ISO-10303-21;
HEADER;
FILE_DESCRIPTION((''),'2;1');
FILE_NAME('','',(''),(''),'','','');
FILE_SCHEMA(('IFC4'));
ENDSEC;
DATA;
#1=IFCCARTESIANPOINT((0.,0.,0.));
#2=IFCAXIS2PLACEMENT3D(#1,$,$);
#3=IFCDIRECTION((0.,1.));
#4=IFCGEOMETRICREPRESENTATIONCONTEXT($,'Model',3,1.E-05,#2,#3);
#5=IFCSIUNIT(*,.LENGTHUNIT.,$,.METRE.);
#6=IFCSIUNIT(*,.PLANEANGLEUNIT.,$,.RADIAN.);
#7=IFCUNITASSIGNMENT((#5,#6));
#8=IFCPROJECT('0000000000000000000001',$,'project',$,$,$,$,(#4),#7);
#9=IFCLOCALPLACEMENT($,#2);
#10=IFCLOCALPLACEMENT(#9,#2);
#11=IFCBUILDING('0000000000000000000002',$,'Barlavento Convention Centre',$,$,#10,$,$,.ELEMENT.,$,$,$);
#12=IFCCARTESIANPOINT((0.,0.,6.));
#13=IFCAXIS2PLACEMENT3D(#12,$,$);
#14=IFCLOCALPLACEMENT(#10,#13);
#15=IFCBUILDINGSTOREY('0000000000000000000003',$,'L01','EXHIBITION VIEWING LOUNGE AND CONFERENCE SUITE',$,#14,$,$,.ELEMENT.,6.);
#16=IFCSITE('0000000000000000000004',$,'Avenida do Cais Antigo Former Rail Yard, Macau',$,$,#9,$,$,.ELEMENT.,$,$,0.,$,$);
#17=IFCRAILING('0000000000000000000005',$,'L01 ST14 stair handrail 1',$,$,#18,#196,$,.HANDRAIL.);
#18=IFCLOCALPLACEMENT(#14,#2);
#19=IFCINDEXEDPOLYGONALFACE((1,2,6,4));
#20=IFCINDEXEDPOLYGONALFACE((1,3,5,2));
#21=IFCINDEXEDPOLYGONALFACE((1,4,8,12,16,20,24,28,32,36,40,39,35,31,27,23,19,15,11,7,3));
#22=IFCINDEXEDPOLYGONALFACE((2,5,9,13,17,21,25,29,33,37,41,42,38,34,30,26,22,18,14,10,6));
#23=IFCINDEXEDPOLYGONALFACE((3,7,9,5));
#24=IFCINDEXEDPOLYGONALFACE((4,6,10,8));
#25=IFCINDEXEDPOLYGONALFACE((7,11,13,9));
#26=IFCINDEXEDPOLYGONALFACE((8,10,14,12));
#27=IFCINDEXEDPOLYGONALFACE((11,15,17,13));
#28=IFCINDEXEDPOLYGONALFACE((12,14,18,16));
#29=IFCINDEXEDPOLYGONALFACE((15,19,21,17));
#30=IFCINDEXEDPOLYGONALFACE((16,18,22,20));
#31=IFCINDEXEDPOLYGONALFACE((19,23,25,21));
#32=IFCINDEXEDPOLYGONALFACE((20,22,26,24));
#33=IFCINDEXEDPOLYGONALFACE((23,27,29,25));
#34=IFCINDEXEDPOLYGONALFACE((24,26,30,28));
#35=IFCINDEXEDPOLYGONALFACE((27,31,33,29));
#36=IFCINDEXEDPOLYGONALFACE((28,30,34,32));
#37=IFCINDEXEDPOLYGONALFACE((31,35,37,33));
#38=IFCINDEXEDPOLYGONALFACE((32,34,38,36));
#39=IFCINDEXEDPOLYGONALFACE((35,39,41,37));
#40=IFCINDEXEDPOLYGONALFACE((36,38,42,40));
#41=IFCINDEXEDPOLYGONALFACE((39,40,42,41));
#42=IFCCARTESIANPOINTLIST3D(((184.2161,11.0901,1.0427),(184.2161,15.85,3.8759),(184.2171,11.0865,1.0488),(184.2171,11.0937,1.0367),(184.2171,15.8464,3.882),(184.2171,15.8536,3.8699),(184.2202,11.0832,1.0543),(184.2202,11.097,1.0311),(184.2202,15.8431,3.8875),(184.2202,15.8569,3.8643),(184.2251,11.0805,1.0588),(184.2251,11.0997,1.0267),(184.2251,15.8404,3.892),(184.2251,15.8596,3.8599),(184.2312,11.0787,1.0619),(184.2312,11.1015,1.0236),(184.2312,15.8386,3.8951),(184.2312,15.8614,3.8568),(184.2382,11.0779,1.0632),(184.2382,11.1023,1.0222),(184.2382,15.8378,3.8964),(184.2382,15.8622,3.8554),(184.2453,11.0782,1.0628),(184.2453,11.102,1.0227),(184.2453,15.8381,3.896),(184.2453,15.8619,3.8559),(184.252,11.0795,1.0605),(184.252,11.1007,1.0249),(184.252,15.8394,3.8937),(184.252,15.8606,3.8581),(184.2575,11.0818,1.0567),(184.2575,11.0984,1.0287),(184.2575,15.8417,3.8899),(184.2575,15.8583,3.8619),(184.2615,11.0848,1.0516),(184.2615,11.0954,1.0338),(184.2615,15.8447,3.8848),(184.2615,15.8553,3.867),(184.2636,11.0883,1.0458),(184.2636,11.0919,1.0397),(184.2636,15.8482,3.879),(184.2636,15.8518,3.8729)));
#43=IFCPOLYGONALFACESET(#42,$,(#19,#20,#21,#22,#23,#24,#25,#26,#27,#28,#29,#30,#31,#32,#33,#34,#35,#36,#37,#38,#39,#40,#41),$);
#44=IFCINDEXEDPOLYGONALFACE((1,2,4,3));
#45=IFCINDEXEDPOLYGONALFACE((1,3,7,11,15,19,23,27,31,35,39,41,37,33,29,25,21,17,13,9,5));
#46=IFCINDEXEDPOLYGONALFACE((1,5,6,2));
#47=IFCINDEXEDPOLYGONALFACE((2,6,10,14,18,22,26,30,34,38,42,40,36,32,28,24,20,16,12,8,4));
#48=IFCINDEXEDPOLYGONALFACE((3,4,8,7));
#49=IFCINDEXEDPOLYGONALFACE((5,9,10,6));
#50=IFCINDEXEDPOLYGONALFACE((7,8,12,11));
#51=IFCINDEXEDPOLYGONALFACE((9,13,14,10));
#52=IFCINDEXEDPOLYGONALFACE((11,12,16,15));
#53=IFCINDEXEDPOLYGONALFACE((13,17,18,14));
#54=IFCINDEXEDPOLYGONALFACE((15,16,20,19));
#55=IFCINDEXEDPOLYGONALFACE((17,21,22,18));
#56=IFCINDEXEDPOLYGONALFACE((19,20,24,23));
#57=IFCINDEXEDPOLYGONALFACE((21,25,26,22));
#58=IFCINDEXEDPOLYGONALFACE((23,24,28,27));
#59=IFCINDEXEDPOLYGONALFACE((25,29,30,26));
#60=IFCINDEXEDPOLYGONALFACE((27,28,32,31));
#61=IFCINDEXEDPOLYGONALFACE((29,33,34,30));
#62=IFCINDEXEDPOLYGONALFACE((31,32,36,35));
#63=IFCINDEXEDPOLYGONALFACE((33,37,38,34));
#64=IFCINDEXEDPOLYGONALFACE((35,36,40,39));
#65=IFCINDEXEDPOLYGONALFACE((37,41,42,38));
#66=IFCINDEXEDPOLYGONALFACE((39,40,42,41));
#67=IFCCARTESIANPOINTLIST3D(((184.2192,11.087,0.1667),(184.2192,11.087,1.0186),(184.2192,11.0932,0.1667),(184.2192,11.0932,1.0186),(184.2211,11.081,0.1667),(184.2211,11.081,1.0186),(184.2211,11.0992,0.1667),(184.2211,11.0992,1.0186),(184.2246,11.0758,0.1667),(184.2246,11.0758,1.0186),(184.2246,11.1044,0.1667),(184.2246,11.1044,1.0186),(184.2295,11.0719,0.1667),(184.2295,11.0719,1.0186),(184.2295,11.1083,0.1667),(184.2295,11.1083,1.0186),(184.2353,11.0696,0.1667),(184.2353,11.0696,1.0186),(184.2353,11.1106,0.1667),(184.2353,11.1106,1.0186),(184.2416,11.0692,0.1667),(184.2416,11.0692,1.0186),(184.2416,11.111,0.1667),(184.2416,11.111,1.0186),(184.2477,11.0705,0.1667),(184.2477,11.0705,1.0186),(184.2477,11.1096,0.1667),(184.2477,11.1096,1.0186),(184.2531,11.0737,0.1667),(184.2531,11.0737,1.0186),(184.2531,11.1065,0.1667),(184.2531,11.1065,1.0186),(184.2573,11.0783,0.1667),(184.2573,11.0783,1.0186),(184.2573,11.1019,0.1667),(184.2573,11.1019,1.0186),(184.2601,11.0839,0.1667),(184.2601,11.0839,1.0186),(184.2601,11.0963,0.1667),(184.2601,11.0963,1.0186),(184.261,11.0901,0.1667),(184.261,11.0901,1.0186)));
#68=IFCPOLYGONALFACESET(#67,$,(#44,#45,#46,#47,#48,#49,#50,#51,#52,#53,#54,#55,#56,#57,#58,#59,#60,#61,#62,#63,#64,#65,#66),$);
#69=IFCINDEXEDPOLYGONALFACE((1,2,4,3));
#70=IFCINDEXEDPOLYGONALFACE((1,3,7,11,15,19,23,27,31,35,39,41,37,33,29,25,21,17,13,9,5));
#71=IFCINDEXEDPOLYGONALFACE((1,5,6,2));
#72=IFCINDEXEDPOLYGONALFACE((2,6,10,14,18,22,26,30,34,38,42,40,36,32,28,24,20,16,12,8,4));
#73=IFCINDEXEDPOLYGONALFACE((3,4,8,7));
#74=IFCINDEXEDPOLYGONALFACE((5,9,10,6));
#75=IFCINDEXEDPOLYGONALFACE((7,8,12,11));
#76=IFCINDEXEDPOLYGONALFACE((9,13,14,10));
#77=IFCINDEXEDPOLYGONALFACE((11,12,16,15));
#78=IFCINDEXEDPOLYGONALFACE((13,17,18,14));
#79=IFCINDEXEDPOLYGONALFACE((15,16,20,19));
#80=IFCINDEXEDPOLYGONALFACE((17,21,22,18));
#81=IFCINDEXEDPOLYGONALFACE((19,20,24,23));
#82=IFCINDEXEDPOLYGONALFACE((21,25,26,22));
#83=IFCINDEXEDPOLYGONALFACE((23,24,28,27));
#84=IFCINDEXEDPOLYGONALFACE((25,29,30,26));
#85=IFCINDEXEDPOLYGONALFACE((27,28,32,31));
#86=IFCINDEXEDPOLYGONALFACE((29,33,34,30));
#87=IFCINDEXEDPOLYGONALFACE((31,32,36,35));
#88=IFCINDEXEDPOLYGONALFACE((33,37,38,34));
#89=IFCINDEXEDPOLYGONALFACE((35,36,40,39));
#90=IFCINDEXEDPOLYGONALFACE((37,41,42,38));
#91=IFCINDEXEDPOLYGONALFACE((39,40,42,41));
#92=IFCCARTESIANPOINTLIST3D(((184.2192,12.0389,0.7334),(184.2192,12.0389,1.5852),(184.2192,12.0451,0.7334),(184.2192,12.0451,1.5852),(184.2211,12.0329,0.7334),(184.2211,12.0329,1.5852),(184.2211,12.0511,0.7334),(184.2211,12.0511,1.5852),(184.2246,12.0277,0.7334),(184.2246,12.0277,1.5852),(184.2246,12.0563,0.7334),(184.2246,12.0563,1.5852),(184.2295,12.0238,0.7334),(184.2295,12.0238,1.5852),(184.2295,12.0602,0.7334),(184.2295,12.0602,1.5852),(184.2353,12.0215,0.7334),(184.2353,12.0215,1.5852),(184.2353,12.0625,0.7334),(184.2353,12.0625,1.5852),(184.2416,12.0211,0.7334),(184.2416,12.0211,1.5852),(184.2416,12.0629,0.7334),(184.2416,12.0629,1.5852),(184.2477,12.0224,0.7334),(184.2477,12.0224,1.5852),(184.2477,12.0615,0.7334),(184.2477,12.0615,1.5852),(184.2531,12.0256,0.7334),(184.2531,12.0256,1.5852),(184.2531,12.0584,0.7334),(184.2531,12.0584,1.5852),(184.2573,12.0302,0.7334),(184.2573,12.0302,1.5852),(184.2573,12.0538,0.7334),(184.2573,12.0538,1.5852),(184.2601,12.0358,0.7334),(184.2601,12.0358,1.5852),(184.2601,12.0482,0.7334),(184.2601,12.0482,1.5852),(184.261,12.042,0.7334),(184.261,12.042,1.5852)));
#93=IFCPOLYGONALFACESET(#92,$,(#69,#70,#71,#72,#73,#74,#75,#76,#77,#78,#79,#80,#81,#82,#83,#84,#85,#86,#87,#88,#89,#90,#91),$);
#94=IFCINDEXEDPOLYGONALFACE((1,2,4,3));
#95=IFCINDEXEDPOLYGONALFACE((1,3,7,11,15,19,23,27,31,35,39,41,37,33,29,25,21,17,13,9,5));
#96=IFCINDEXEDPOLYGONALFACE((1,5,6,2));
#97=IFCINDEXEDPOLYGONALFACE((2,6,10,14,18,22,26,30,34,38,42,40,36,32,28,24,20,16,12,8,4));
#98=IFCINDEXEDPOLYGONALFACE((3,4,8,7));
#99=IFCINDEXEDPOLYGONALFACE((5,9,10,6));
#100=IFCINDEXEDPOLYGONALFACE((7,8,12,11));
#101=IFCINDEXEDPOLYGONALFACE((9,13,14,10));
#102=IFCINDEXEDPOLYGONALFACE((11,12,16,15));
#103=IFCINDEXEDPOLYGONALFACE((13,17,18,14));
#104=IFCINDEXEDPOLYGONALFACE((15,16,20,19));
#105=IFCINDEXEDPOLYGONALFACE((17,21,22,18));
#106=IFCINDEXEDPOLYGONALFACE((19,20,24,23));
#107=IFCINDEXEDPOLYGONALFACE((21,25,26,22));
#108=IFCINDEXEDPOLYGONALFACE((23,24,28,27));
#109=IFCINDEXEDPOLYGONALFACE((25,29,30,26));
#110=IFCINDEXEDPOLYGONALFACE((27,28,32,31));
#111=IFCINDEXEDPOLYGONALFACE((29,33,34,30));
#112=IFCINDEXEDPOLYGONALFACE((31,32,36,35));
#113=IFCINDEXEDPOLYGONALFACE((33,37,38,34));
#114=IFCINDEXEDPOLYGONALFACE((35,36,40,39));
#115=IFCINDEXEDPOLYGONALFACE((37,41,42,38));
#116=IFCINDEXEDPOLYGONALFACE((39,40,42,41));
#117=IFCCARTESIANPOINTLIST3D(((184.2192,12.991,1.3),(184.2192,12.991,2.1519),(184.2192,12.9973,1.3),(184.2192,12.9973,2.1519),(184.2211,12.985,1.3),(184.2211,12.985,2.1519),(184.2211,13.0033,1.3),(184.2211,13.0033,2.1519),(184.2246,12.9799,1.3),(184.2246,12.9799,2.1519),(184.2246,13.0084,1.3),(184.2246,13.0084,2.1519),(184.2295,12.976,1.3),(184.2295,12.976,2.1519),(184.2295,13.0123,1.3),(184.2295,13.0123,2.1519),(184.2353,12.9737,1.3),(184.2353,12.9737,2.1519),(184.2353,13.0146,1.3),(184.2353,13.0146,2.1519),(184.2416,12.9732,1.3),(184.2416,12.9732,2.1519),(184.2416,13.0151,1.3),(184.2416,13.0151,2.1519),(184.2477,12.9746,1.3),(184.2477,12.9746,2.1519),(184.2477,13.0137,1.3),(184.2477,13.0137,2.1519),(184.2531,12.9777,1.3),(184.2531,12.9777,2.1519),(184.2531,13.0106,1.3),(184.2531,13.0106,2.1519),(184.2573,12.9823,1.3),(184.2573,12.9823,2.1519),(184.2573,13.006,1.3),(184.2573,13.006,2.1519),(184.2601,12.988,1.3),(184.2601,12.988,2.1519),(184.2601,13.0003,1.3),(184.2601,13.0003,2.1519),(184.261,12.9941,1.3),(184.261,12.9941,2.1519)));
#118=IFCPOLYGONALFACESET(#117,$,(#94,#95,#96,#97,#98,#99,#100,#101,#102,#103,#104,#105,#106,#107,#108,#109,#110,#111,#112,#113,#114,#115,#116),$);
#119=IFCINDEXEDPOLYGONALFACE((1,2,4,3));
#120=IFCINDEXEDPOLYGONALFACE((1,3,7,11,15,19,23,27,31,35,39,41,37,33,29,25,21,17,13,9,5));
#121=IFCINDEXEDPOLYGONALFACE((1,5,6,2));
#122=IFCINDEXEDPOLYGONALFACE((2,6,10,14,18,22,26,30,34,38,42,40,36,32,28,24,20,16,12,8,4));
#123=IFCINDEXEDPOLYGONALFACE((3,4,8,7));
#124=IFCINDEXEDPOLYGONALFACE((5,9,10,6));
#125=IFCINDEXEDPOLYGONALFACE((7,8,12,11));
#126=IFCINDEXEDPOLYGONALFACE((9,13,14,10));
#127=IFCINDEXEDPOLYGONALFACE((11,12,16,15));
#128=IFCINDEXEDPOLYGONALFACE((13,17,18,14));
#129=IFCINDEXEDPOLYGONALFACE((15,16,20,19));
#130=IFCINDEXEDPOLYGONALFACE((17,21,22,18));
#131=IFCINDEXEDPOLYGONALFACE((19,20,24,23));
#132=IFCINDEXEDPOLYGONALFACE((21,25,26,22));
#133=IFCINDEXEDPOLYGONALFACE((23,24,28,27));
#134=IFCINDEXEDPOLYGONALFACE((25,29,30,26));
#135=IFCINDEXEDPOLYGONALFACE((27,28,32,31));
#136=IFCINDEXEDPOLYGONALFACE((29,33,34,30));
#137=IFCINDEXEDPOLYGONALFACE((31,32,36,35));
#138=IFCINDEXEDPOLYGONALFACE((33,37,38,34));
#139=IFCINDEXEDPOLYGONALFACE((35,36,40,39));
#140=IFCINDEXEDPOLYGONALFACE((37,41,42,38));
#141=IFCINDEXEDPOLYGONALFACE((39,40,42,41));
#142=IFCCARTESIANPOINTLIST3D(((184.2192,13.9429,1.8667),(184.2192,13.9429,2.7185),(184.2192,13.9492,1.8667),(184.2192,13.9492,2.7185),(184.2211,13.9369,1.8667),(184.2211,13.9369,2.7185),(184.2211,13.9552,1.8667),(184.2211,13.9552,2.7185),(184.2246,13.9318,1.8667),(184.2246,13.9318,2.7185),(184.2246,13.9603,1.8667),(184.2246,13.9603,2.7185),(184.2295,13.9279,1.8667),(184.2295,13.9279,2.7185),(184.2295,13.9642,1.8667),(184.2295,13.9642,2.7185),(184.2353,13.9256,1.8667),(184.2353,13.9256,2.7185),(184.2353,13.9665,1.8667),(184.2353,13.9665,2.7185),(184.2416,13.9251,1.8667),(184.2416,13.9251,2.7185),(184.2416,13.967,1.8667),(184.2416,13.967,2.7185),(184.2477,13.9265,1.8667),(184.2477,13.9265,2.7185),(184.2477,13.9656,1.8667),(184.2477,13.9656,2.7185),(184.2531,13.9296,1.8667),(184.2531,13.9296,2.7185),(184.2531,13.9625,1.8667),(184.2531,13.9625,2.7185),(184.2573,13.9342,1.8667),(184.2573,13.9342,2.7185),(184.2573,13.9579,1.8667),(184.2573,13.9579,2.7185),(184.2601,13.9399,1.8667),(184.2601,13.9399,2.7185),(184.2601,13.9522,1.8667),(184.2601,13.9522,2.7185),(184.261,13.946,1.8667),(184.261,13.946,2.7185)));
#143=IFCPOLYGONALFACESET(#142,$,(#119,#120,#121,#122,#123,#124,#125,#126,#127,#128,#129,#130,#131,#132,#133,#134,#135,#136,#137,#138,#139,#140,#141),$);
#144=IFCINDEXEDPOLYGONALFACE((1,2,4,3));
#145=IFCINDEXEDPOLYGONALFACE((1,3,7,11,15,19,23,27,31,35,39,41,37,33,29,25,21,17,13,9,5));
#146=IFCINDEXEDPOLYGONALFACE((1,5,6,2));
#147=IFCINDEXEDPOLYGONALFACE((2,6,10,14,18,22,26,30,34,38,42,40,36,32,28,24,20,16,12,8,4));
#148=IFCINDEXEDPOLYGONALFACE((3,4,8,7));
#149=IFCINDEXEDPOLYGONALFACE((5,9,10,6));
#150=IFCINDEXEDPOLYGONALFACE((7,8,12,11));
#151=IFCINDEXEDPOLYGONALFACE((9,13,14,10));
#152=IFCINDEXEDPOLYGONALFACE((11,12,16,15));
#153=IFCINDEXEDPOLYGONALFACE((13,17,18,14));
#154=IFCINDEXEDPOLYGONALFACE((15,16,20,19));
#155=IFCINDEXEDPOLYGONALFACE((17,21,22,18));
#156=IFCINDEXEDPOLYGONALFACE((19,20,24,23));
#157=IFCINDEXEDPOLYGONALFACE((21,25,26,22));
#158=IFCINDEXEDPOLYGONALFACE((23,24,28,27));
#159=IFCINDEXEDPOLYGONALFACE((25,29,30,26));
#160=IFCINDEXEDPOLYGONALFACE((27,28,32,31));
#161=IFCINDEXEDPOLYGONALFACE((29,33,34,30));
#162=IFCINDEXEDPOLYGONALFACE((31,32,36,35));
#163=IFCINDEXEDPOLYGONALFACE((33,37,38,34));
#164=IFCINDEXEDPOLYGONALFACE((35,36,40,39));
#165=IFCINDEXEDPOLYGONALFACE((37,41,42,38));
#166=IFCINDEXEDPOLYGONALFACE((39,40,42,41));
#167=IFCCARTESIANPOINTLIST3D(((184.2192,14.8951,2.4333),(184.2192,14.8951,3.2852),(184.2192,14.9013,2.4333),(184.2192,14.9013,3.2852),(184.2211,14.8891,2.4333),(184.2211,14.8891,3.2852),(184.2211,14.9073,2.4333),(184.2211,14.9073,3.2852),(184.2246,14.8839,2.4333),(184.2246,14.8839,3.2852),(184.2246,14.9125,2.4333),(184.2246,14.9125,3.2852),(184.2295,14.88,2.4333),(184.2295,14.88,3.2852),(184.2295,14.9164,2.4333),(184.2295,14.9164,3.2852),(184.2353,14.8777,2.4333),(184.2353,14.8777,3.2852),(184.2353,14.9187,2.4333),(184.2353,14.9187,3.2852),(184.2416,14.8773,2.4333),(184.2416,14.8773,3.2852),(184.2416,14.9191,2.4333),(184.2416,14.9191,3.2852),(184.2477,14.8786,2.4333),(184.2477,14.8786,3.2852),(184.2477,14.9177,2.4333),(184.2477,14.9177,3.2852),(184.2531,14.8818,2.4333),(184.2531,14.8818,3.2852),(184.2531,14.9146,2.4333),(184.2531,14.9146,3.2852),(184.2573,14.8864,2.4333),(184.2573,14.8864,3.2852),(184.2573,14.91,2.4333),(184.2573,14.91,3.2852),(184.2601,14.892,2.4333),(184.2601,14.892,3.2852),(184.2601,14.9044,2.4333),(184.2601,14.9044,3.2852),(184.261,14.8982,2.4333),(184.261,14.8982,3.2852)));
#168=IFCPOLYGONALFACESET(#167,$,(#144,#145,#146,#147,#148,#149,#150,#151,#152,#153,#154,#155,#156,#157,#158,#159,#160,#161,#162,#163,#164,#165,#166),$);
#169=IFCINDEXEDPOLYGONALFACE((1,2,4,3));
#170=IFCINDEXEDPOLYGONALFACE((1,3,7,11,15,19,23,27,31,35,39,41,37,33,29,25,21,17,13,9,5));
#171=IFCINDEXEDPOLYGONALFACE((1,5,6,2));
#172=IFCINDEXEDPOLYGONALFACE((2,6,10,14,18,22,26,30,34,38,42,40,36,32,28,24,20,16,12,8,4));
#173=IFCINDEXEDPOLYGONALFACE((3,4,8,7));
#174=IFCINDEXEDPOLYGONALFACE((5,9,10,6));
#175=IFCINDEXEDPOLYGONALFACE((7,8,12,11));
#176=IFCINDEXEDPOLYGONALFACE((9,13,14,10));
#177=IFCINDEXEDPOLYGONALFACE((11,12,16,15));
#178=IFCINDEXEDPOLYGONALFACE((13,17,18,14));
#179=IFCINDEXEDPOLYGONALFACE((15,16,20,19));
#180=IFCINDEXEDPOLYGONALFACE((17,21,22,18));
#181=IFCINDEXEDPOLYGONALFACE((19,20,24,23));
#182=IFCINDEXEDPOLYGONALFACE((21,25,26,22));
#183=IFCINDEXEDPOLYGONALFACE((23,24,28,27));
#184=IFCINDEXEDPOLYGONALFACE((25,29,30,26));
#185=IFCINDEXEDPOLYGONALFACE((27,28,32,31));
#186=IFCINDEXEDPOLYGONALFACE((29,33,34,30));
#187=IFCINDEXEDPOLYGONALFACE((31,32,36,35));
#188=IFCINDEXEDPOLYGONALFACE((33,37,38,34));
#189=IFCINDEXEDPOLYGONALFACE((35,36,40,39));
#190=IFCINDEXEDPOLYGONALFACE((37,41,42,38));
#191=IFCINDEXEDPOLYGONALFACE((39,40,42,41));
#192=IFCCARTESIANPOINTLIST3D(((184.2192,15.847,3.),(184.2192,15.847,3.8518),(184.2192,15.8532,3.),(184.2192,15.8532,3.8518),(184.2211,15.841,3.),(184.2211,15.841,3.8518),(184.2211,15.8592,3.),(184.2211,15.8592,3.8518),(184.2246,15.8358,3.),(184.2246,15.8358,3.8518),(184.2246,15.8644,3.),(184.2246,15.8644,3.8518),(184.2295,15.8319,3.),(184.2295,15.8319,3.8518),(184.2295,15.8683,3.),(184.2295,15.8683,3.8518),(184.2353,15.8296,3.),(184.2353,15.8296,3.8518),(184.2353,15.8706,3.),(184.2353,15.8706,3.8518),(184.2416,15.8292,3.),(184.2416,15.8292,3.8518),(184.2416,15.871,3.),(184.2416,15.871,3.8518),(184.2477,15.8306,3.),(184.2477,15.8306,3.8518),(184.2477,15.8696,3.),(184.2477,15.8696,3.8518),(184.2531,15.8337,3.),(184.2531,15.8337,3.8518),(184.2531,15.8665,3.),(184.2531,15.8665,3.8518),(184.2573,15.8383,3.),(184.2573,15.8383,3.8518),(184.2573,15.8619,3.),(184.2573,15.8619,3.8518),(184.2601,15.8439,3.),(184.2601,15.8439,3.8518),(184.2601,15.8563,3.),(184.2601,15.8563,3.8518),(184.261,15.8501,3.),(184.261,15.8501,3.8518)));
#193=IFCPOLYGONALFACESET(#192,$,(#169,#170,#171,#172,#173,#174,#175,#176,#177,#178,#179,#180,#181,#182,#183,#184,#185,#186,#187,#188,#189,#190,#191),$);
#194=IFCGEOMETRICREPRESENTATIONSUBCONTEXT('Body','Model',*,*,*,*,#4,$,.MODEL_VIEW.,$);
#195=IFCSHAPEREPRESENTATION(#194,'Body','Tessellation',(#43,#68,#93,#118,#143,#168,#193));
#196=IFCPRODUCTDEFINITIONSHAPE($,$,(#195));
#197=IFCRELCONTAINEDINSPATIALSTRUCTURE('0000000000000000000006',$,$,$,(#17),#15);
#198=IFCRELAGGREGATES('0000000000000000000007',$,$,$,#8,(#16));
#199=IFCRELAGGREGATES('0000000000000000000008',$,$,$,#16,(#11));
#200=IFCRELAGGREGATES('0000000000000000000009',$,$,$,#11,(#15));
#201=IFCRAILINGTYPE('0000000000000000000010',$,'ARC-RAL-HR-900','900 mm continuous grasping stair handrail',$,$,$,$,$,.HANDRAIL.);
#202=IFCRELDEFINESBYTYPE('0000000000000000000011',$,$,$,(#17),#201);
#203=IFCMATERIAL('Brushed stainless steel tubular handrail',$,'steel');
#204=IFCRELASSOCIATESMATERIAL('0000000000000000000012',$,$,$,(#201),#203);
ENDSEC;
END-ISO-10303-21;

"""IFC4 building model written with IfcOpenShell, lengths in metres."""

from ifc_helpers import new_model, si_unit, direction, frame, origin, origin_2d, place, context, subcontext, project, spatial, circle, extrude, material, type_object, element, save


model = new_model("IFC4")

# Units and contexts
model_context = context("Model", 3, precision=1e-05, world=origin(), true_north=direction((0.0, 1.0)))
body_context = subcontext(model_context, "Body", "Model", "MODEL_VIEW")
ifc_project = project(units=[si_unit("LENGTHUNIT", "METRE"), si_unit("PLANEANGLEUNIT", "RADIAN")], contexts=[model_context])

# Site, building, storey
site_placement = place(None, origin())
site = spatial("IfcSite", under=ifc_project, at=site_placement, Name="Avenida do Cais Antigo Former Rail Yard, Macau", CompositionType="ELEMENT", RefElevation=0.0)
building_placement = place(site_placement, origin())
building = spatial("IfcBuilding", under=site, at=building_placement, Name="Barlavento Convention Centre", CompositionType="ELEMENT")
storey_placement = place(building_placement, frame((0.0, 0.0, 6.0)))
storey = spatial("IfcBuildingStorey", under=building, at=storey_placement, Name="L01", Description="EXHIBITION VIEWING LOUNGE AND CONFERENCE SUITE", CompositionType="ELEMENT", Elevation=6.0)

# Railing
ifc_material_1 = material(Name="Brushed stainless steel tubular handrail", Category="steel")
railing_type_1 = type_object("IfcRailingType", Name="ARC-RAL-HR-900", Description="900 mm continuous grasping stair handrail", PredefinedType="HANDRAIL", material=ifc_material_1)
railing_1_placement = place(storey_placement, frame((184.24, 11.0901, 0.1667)))
element("IfcRailing", 1, at=railing_1_placement, inside=storey, type_object=railing_type_1, Name="L01 ST14 stair handrail 1", PredefinedType="HANDRAIL", context=body_context, shape_type="SweptSolid", body=[
    extrude(circle(Radius=0.0239, at=origin_2d()), frame((0.0, 0.0, 0.876), z_axis=(0.0, 0.8593, 0.511472), x_axis=(-1.0, 0.0, 0.0)), (0.0, 0.0, 1.0), 5.5393),
    extrude(circle(Radius=0.021, at=origin_2d()), origin(), (0.0, 0.0, 1.0), 0.8518),
    extrude(circle(Radius=0.021, at=origin_2d()), frame((0.0, 0.9519, 0.5667)), (0.0, 0.0, 1.0), 0.8518),
    extrude(circle(Radius=0.021, at=origin_2d()), frame((0.0, 1.9041, 1.1333)), (0.0, 0.0, 1.0), 0.8518),
    extrude(circle(Radius=0.021, at=origin_2d()), frame((0.0, 2.856, 1.7)), (0.0, 0.0, 1.0), 0.8518),
    extrude(circle(Radius=0.021, at=origin_2d()), frame((0.0, 3.8081, 2.2666)), (0.0, 0.0, 1.0), 0.8518),
    extrude(circle(Radius=0.021, at=origin_2d()), frame((0.0, 4.76, 2.8333)), (0.0, 0.0, 1.0), 0.8518),
])

save(model, "model.ifc")
